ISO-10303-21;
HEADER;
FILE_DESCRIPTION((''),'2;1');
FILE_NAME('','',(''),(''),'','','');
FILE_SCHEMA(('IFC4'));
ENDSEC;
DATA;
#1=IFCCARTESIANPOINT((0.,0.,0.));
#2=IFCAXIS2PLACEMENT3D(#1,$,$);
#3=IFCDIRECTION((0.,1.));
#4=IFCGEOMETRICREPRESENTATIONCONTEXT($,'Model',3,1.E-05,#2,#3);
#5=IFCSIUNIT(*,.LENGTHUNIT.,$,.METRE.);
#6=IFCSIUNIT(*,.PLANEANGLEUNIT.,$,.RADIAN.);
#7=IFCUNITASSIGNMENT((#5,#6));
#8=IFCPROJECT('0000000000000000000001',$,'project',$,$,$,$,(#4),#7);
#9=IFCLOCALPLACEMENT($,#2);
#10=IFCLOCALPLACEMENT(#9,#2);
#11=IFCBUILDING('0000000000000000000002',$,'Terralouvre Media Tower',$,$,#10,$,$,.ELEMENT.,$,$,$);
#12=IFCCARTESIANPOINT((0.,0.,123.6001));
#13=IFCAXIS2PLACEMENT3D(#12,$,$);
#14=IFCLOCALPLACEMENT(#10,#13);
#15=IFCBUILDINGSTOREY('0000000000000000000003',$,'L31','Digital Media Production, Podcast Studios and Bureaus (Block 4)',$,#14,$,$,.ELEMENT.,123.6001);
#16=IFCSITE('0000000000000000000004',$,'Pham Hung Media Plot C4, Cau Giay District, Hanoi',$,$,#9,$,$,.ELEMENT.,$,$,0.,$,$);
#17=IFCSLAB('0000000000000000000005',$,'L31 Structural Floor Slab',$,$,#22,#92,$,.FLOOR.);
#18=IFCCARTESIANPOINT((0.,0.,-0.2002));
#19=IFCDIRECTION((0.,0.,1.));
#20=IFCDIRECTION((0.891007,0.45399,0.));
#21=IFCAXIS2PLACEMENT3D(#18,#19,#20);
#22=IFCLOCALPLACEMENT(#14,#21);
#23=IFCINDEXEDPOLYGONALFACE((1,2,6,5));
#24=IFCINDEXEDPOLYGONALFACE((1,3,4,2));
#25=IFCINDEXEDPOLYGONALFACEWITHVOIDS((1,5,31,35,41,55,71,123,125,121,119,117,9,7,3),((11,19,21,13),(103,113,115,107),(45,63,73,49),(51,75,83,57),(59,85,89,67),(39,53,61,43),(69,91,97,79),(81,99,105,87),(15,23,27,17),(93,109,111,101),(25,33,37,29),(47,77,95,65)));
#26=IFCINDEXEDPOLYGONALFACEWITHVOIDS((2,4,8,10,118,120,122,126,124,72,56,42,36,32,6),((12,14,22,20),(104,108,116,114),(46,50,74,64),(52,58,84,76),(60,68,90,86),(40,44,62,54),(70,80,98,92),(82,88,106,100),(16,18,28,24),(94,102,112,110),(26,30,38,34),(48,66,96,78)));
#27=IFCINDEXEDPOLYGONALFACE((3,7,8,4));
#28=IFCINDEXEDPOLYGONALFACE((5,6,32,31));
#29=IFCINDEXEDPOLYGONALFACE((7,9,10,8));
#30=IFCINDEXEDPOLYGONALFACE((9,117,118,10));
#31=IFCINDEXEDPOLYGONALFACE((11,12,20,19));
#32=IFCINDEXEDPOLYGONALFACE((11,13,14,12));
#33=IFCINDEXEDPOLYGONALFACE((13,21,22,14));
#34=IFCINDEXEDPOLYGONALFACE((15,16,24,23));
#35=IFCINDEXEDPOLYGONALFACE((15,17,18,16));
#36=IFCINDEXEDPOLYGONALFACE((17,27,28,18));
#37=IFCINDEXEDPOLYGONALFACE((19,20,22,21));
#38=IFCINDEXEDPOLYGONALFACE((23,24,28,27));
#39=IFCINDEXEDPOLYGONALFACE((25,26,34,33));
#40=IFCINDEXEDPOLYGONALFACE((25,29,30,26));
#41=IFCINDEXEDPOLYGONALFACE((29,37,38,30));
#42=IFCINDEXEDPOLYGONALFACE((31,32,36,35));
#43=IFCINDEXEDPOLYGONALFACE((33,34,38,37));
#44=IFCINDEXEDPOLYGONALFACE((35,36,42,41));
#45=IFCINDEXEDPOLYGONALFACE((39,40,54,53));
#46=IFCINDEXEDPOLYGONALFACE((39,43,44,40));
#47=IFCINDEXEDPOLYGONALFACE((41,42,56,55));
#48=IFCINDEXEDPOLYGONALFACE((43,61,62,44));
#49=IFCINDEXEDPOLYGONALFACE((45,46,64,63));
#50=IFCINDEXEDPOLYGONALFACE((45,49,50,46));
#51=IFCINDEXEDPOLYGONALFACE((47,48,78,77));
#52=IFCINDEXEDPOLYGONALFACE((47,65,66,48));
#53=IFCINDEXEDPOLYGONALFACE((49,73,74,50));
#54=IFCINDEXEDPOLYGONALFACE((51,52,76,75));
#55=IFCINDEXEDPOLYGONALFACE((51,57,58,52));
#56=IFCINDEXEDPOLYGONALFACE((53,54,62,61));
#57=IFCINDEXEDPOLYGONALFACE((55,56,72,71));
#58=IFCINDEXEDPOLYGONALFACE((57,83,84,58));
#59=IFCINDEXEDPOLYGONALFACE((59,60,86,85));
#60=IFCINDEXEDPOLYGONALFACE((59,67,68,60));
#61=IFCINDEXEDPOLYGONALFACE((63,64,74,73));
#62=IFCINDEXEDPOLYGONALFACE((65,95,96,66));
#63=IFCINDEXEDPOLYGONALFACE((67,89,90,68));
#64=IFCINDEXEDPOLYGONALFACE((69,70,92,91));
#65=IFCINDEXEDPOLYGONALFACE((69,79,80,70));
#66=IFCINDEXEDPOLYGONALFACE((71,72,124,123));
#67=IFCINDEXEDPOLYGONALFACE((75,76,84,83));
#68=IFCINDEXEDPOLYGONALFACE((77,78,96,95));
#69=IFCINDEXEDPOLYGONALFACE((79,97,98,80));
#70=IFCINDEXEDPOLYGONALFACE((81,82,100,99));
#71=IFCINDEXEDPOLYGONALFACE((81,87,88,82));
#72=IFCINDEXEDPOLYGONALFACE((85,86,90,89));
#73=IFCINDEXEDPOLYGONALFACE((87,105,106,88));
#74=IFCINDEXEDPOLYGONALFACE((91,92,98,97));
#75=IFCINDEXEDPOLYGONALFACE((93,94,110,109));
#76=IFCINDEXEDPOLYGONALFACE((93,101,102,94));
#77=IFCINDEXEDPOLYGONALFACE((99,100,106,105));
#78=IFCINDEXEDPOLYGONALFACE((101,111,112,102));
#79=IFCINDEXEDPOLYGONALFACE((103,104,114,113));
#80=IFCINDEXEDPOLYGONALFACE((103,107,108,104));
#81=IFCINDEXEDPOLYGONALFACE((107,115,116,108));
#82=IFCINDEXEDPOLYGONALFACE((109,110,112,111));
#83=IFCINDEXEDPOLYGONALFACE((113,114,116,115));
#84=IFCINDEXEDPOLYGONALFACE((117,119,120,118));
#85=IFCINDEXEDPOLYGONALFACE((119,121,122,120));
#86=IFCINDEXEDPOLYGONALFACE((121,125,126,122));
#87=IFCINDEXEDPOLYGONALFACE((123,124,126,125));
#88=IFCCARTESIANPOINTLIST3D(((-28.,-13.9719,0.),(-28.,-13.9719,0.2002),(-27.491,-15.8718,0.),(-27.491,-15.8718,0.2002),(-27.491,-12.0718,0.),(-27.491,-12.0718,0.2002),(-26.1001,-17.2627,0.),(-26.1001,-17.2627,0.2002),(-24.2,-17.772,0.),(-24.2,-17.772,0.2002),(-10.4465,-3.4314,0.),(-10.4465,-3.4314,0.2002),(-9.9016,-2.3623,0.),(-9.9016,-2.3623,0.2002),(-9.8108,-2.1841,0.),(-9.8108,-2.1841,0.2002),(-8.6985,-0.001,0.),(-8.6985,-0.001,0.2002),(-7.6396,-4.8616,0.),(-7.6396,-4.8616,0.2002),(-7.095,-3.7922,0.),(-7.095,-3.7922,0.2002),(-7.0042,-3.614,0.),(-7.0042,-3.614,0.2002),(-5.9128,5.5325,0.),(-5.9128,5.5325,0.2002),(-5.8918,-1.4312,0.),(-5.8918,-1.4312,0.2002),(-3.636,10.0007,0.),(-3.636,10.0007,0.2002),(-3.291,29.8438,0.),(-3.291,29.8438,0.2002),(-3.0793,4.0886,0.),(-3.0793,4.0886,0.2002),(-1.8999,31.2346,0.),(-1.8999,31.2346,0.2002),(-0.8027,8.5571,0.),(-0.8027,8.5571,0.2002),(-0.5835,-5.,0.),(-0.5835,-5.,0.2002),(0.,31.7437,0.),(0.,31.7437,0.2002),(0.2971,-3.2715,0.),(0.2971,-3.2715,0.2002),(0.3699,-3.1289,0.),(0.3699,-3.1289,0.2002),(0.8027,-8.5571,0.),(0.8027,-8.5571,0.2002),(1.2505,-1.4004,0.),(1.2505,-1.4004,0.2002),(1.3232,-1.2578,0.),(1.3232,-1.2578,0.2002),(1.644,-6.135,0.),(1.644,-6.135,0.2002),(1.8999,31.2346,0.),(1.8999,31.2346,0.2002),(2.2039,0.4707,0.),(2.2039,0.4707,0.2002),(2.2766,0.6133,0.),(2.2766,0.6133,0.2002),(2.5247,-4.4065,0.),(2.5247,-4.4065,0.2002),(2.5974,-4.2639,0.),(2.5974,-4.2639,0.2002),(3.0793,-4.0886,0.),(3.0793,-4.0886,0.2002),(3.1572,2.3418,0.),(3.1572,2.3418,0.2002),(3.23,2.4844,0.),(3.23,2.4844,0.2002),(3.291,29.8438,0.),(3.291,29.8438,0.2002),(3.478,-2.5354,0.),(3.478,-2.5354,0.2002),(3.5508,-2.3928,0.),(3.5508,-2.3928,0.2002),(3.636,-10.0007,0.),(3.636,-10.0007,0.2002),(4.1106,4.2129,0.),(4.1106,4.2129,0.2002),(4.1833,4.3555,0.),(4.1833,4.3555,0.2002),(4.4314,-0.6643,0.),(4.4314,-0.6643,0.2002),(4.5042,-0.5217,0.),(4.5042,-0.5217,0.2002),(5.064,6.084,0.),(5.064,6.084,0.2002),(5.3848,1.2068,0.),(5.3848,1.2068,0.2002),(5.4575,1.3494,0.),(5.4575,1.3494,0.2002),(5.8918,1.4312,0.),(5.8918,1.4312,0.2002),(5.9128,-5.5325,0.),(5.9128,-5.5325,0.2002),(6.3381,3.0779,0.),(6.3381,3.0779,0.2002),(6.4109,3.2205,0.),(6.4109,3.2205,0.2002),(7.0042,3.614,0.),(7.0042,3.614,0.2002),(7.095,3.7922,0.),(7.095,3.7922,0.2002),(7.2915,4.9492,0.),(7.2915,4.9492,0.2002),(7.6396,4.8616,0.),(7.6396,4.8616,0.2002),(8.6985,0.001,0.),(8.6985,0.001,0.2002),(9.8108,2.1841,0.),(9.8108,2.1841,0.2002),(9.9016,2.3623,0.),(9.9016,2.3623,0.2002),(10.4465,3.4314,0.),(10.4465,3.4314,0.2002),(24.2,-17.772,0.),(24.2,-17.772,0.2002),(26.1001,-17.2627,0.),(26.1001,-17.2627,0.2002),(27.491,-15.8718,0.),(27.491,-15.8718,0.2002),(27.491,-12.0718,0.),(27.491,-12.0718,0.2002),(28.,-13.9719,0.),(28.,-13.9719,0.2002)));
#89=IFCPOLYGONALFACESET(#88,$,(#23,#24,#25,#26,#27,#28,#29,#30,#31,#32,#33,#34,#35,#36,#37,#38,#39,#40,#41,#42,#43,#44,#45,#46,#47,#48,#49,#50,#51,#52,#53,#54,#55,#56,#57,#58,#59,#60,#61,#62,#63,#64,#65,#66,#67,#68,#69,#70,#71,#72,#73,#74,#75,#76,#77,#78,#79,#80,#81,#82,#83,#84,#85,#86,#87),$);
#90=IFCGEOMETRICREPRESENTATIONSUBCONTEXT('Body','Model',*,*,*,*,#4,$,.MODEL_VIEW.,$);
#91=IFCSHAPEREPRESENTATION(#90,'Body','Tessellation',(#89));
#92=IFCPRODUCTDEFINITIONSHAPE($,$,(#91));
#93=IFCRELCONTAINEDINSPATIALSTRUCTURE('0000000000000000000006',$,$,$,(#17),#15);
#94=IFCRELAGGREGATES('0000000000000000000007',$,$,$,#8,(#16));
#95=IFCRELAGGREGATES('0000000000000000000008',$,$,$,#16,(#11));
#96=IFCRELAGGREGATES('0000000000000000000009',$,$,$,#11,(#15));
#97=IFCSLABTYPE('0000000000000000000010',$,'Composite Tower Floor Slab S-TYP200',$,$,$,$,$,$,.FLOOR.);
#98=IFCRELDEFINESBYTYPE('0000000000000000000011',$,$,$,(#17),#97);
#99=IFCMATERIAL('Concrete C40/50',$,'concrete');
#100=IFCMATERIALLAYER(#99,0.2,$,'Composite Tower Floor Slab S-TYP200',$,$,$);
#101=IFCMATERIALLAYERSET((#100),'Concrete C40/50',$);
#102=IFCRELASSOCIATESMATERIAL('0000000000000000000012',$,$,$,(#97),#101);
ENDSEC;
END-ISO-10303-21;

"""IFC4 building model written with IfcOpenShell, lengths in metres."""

from ifc_helpers import new_model, si_unit, direction, frame, origin, place, context, subcontext, project, spatial, polyline, outline, extrude, material, layer, layer_set, type_object, element, save


model = new_model("IFC4")

# Units and contexts
model_context = context("Model", 3, precision=1e-05, world=origin(), true_north=direction((0.0, 1.0)))
body_context = subcontext(model_context, "Body", "Model", "MODEL_VIEW")
ifc_project = project(units=[si_unit("LENGTHUNIT", "METRE"), si_unit("PLANEANGLEUNIT", "RADIAN")], contexts=[model_context])

# Site, building, storey
site_placement = place(None, origin())
site = spatial("IfcSite", under=ifc_project, at=site_placement, Name="Pham Hung Media Plot C4, Cau Giay District, Hanoi", CompositionType="ELEMENT", RefElevation=0.0)
building_placement = place(site_placement, origin())
building = spatial("IfcBuilding", under=site, at=building_placement, Name="Terralouvre Media Tower", CompositionType="ELEMENT")
storey_placement = place(building_placement, frame((0.0, 0.0, 123.6001)))
storey = spatial("IfcBuildingStorey", under=building, at=storey_placement, Name="L31", Description="Digital Media Production, Podcast Studios and Bureaus (Block 4)", CompositionType="ELEMENT", Elevation=123.6001)

# Slab
ifc_material_1 = material(Name="Concrete C40/50", Category="concrete")
ifc_layer_1 = layer(ifc_material_1, 0.2, Name="Composite Tower Floor Slab S-TYP200")
ifc_layer_set_1 = layer_set([ifc_layer_1], Name="Concrete C40/50")
slab_type = type_object("IfcSlabType", Name="Composite Tower Floor Slab S-TYP200", PredefinedType="FLOOR", material=ifc_layer_set_1)
slab_placement = place(storey_placement, frame((0.0, 0.0, -0.2002), z_axis=(0.0, 0.0, 1.0), x_axis=(0.891007, 0.45399, 0.0)))
element("IfcSlab", 1, at=slab_placement, inside=storey, type_object=slab_type, Name="L31 Structural Floor Slab", PredefinedType="FLOOR", context=body_context, shape_type="SweptSolid", body=[
    extrude(outline(polyline([(-27.491, -12.0718), (-28.0, -13.9719), (-27.491, -15.8718), (-26.1001, -17.2627), (-24.2, -17.772), (24.2, -17.772), (26.1001, -17.2627), (27.491, -15.8718), (28.0, -13.9719), (27.491, -12.0718), (3.291, 29.8438), (1.8999, 31.2346), (0.0, 31.7437), (-1.8999, 31.2346), (-3.291, 29.8438), (-27.491, -12.0718)]), holes=[polyline([(-7.095, -3.7922), (-7.6396, -4.8616), (-10.4465, -3.4314), (-9.9016, -2.3623), (-7.095, -3.7922)]), polyline([(-7.0042, -3.614), (-9.8108, -2.1841), (-8.6985, -0.001), (-5.8918, -1.4312), (-7.0042, -3.614)]), polyline([(4.5042, -0.5217), (2.2766, 0.6133), (3.1572, 2.3418), (5.3848, 1.2068), (4.5042, -0.5217)]), polyline([(6.3381, 3.0779), (5.4575, 1.3494), (3.23, 2.4844), (4.1106, 4.2129), (6.3381, 3.0779)]), polyline([(-3.0793, 4.0886), (-5.9128, 5.5325), (-3.636, 10.0007), (-0.8027, 8.5571), (-3.0793, 4.0886)]), polyline([(6.4109, 3.2205), (4.1833, 4.3555), (5.064, 6.084), (7.2915, 4.9492), (6.4109, 3.2205)]), polyline([(0.8027, -8.5571), (3.0793, -4.0886), (5.9128, -5.5325), (3.636, -10.0007), (0.8027, -8.5571)]), polyline([(1.644, -6.135), (-0.5835, -5.0), (0.2971, -3.2715), (2.5247, -4.4065), (1.644, -6.135)]), polyline([(2.5974, -4.2639), (0.3699, -3.1289), (1.2505, -1.4004), (3.478, -2.5354), (2.5974, -4.2639)]), polyline([(4.4314, -0.6643), (3.5508, -2.3928), (1.3232, -1.2578), (2.2039, 0.4707), (4.4314, -0.6643)]), polyline([(8.6985, 0.001), (5.8918, 1.4312), (7.0042, 3.614), (9.8108, 2.1841), (8.6985, 0.001)]), polyline([(9.9016, 2.3623), (7.095, 3.7922), (7.6396, 4.8616), (10.4465, 3.4314), (9.9016, 2.3623)])]), origin(), (0.0, 0.0, 1.0), 0.2002),
])

save(model, "model.ifc")
